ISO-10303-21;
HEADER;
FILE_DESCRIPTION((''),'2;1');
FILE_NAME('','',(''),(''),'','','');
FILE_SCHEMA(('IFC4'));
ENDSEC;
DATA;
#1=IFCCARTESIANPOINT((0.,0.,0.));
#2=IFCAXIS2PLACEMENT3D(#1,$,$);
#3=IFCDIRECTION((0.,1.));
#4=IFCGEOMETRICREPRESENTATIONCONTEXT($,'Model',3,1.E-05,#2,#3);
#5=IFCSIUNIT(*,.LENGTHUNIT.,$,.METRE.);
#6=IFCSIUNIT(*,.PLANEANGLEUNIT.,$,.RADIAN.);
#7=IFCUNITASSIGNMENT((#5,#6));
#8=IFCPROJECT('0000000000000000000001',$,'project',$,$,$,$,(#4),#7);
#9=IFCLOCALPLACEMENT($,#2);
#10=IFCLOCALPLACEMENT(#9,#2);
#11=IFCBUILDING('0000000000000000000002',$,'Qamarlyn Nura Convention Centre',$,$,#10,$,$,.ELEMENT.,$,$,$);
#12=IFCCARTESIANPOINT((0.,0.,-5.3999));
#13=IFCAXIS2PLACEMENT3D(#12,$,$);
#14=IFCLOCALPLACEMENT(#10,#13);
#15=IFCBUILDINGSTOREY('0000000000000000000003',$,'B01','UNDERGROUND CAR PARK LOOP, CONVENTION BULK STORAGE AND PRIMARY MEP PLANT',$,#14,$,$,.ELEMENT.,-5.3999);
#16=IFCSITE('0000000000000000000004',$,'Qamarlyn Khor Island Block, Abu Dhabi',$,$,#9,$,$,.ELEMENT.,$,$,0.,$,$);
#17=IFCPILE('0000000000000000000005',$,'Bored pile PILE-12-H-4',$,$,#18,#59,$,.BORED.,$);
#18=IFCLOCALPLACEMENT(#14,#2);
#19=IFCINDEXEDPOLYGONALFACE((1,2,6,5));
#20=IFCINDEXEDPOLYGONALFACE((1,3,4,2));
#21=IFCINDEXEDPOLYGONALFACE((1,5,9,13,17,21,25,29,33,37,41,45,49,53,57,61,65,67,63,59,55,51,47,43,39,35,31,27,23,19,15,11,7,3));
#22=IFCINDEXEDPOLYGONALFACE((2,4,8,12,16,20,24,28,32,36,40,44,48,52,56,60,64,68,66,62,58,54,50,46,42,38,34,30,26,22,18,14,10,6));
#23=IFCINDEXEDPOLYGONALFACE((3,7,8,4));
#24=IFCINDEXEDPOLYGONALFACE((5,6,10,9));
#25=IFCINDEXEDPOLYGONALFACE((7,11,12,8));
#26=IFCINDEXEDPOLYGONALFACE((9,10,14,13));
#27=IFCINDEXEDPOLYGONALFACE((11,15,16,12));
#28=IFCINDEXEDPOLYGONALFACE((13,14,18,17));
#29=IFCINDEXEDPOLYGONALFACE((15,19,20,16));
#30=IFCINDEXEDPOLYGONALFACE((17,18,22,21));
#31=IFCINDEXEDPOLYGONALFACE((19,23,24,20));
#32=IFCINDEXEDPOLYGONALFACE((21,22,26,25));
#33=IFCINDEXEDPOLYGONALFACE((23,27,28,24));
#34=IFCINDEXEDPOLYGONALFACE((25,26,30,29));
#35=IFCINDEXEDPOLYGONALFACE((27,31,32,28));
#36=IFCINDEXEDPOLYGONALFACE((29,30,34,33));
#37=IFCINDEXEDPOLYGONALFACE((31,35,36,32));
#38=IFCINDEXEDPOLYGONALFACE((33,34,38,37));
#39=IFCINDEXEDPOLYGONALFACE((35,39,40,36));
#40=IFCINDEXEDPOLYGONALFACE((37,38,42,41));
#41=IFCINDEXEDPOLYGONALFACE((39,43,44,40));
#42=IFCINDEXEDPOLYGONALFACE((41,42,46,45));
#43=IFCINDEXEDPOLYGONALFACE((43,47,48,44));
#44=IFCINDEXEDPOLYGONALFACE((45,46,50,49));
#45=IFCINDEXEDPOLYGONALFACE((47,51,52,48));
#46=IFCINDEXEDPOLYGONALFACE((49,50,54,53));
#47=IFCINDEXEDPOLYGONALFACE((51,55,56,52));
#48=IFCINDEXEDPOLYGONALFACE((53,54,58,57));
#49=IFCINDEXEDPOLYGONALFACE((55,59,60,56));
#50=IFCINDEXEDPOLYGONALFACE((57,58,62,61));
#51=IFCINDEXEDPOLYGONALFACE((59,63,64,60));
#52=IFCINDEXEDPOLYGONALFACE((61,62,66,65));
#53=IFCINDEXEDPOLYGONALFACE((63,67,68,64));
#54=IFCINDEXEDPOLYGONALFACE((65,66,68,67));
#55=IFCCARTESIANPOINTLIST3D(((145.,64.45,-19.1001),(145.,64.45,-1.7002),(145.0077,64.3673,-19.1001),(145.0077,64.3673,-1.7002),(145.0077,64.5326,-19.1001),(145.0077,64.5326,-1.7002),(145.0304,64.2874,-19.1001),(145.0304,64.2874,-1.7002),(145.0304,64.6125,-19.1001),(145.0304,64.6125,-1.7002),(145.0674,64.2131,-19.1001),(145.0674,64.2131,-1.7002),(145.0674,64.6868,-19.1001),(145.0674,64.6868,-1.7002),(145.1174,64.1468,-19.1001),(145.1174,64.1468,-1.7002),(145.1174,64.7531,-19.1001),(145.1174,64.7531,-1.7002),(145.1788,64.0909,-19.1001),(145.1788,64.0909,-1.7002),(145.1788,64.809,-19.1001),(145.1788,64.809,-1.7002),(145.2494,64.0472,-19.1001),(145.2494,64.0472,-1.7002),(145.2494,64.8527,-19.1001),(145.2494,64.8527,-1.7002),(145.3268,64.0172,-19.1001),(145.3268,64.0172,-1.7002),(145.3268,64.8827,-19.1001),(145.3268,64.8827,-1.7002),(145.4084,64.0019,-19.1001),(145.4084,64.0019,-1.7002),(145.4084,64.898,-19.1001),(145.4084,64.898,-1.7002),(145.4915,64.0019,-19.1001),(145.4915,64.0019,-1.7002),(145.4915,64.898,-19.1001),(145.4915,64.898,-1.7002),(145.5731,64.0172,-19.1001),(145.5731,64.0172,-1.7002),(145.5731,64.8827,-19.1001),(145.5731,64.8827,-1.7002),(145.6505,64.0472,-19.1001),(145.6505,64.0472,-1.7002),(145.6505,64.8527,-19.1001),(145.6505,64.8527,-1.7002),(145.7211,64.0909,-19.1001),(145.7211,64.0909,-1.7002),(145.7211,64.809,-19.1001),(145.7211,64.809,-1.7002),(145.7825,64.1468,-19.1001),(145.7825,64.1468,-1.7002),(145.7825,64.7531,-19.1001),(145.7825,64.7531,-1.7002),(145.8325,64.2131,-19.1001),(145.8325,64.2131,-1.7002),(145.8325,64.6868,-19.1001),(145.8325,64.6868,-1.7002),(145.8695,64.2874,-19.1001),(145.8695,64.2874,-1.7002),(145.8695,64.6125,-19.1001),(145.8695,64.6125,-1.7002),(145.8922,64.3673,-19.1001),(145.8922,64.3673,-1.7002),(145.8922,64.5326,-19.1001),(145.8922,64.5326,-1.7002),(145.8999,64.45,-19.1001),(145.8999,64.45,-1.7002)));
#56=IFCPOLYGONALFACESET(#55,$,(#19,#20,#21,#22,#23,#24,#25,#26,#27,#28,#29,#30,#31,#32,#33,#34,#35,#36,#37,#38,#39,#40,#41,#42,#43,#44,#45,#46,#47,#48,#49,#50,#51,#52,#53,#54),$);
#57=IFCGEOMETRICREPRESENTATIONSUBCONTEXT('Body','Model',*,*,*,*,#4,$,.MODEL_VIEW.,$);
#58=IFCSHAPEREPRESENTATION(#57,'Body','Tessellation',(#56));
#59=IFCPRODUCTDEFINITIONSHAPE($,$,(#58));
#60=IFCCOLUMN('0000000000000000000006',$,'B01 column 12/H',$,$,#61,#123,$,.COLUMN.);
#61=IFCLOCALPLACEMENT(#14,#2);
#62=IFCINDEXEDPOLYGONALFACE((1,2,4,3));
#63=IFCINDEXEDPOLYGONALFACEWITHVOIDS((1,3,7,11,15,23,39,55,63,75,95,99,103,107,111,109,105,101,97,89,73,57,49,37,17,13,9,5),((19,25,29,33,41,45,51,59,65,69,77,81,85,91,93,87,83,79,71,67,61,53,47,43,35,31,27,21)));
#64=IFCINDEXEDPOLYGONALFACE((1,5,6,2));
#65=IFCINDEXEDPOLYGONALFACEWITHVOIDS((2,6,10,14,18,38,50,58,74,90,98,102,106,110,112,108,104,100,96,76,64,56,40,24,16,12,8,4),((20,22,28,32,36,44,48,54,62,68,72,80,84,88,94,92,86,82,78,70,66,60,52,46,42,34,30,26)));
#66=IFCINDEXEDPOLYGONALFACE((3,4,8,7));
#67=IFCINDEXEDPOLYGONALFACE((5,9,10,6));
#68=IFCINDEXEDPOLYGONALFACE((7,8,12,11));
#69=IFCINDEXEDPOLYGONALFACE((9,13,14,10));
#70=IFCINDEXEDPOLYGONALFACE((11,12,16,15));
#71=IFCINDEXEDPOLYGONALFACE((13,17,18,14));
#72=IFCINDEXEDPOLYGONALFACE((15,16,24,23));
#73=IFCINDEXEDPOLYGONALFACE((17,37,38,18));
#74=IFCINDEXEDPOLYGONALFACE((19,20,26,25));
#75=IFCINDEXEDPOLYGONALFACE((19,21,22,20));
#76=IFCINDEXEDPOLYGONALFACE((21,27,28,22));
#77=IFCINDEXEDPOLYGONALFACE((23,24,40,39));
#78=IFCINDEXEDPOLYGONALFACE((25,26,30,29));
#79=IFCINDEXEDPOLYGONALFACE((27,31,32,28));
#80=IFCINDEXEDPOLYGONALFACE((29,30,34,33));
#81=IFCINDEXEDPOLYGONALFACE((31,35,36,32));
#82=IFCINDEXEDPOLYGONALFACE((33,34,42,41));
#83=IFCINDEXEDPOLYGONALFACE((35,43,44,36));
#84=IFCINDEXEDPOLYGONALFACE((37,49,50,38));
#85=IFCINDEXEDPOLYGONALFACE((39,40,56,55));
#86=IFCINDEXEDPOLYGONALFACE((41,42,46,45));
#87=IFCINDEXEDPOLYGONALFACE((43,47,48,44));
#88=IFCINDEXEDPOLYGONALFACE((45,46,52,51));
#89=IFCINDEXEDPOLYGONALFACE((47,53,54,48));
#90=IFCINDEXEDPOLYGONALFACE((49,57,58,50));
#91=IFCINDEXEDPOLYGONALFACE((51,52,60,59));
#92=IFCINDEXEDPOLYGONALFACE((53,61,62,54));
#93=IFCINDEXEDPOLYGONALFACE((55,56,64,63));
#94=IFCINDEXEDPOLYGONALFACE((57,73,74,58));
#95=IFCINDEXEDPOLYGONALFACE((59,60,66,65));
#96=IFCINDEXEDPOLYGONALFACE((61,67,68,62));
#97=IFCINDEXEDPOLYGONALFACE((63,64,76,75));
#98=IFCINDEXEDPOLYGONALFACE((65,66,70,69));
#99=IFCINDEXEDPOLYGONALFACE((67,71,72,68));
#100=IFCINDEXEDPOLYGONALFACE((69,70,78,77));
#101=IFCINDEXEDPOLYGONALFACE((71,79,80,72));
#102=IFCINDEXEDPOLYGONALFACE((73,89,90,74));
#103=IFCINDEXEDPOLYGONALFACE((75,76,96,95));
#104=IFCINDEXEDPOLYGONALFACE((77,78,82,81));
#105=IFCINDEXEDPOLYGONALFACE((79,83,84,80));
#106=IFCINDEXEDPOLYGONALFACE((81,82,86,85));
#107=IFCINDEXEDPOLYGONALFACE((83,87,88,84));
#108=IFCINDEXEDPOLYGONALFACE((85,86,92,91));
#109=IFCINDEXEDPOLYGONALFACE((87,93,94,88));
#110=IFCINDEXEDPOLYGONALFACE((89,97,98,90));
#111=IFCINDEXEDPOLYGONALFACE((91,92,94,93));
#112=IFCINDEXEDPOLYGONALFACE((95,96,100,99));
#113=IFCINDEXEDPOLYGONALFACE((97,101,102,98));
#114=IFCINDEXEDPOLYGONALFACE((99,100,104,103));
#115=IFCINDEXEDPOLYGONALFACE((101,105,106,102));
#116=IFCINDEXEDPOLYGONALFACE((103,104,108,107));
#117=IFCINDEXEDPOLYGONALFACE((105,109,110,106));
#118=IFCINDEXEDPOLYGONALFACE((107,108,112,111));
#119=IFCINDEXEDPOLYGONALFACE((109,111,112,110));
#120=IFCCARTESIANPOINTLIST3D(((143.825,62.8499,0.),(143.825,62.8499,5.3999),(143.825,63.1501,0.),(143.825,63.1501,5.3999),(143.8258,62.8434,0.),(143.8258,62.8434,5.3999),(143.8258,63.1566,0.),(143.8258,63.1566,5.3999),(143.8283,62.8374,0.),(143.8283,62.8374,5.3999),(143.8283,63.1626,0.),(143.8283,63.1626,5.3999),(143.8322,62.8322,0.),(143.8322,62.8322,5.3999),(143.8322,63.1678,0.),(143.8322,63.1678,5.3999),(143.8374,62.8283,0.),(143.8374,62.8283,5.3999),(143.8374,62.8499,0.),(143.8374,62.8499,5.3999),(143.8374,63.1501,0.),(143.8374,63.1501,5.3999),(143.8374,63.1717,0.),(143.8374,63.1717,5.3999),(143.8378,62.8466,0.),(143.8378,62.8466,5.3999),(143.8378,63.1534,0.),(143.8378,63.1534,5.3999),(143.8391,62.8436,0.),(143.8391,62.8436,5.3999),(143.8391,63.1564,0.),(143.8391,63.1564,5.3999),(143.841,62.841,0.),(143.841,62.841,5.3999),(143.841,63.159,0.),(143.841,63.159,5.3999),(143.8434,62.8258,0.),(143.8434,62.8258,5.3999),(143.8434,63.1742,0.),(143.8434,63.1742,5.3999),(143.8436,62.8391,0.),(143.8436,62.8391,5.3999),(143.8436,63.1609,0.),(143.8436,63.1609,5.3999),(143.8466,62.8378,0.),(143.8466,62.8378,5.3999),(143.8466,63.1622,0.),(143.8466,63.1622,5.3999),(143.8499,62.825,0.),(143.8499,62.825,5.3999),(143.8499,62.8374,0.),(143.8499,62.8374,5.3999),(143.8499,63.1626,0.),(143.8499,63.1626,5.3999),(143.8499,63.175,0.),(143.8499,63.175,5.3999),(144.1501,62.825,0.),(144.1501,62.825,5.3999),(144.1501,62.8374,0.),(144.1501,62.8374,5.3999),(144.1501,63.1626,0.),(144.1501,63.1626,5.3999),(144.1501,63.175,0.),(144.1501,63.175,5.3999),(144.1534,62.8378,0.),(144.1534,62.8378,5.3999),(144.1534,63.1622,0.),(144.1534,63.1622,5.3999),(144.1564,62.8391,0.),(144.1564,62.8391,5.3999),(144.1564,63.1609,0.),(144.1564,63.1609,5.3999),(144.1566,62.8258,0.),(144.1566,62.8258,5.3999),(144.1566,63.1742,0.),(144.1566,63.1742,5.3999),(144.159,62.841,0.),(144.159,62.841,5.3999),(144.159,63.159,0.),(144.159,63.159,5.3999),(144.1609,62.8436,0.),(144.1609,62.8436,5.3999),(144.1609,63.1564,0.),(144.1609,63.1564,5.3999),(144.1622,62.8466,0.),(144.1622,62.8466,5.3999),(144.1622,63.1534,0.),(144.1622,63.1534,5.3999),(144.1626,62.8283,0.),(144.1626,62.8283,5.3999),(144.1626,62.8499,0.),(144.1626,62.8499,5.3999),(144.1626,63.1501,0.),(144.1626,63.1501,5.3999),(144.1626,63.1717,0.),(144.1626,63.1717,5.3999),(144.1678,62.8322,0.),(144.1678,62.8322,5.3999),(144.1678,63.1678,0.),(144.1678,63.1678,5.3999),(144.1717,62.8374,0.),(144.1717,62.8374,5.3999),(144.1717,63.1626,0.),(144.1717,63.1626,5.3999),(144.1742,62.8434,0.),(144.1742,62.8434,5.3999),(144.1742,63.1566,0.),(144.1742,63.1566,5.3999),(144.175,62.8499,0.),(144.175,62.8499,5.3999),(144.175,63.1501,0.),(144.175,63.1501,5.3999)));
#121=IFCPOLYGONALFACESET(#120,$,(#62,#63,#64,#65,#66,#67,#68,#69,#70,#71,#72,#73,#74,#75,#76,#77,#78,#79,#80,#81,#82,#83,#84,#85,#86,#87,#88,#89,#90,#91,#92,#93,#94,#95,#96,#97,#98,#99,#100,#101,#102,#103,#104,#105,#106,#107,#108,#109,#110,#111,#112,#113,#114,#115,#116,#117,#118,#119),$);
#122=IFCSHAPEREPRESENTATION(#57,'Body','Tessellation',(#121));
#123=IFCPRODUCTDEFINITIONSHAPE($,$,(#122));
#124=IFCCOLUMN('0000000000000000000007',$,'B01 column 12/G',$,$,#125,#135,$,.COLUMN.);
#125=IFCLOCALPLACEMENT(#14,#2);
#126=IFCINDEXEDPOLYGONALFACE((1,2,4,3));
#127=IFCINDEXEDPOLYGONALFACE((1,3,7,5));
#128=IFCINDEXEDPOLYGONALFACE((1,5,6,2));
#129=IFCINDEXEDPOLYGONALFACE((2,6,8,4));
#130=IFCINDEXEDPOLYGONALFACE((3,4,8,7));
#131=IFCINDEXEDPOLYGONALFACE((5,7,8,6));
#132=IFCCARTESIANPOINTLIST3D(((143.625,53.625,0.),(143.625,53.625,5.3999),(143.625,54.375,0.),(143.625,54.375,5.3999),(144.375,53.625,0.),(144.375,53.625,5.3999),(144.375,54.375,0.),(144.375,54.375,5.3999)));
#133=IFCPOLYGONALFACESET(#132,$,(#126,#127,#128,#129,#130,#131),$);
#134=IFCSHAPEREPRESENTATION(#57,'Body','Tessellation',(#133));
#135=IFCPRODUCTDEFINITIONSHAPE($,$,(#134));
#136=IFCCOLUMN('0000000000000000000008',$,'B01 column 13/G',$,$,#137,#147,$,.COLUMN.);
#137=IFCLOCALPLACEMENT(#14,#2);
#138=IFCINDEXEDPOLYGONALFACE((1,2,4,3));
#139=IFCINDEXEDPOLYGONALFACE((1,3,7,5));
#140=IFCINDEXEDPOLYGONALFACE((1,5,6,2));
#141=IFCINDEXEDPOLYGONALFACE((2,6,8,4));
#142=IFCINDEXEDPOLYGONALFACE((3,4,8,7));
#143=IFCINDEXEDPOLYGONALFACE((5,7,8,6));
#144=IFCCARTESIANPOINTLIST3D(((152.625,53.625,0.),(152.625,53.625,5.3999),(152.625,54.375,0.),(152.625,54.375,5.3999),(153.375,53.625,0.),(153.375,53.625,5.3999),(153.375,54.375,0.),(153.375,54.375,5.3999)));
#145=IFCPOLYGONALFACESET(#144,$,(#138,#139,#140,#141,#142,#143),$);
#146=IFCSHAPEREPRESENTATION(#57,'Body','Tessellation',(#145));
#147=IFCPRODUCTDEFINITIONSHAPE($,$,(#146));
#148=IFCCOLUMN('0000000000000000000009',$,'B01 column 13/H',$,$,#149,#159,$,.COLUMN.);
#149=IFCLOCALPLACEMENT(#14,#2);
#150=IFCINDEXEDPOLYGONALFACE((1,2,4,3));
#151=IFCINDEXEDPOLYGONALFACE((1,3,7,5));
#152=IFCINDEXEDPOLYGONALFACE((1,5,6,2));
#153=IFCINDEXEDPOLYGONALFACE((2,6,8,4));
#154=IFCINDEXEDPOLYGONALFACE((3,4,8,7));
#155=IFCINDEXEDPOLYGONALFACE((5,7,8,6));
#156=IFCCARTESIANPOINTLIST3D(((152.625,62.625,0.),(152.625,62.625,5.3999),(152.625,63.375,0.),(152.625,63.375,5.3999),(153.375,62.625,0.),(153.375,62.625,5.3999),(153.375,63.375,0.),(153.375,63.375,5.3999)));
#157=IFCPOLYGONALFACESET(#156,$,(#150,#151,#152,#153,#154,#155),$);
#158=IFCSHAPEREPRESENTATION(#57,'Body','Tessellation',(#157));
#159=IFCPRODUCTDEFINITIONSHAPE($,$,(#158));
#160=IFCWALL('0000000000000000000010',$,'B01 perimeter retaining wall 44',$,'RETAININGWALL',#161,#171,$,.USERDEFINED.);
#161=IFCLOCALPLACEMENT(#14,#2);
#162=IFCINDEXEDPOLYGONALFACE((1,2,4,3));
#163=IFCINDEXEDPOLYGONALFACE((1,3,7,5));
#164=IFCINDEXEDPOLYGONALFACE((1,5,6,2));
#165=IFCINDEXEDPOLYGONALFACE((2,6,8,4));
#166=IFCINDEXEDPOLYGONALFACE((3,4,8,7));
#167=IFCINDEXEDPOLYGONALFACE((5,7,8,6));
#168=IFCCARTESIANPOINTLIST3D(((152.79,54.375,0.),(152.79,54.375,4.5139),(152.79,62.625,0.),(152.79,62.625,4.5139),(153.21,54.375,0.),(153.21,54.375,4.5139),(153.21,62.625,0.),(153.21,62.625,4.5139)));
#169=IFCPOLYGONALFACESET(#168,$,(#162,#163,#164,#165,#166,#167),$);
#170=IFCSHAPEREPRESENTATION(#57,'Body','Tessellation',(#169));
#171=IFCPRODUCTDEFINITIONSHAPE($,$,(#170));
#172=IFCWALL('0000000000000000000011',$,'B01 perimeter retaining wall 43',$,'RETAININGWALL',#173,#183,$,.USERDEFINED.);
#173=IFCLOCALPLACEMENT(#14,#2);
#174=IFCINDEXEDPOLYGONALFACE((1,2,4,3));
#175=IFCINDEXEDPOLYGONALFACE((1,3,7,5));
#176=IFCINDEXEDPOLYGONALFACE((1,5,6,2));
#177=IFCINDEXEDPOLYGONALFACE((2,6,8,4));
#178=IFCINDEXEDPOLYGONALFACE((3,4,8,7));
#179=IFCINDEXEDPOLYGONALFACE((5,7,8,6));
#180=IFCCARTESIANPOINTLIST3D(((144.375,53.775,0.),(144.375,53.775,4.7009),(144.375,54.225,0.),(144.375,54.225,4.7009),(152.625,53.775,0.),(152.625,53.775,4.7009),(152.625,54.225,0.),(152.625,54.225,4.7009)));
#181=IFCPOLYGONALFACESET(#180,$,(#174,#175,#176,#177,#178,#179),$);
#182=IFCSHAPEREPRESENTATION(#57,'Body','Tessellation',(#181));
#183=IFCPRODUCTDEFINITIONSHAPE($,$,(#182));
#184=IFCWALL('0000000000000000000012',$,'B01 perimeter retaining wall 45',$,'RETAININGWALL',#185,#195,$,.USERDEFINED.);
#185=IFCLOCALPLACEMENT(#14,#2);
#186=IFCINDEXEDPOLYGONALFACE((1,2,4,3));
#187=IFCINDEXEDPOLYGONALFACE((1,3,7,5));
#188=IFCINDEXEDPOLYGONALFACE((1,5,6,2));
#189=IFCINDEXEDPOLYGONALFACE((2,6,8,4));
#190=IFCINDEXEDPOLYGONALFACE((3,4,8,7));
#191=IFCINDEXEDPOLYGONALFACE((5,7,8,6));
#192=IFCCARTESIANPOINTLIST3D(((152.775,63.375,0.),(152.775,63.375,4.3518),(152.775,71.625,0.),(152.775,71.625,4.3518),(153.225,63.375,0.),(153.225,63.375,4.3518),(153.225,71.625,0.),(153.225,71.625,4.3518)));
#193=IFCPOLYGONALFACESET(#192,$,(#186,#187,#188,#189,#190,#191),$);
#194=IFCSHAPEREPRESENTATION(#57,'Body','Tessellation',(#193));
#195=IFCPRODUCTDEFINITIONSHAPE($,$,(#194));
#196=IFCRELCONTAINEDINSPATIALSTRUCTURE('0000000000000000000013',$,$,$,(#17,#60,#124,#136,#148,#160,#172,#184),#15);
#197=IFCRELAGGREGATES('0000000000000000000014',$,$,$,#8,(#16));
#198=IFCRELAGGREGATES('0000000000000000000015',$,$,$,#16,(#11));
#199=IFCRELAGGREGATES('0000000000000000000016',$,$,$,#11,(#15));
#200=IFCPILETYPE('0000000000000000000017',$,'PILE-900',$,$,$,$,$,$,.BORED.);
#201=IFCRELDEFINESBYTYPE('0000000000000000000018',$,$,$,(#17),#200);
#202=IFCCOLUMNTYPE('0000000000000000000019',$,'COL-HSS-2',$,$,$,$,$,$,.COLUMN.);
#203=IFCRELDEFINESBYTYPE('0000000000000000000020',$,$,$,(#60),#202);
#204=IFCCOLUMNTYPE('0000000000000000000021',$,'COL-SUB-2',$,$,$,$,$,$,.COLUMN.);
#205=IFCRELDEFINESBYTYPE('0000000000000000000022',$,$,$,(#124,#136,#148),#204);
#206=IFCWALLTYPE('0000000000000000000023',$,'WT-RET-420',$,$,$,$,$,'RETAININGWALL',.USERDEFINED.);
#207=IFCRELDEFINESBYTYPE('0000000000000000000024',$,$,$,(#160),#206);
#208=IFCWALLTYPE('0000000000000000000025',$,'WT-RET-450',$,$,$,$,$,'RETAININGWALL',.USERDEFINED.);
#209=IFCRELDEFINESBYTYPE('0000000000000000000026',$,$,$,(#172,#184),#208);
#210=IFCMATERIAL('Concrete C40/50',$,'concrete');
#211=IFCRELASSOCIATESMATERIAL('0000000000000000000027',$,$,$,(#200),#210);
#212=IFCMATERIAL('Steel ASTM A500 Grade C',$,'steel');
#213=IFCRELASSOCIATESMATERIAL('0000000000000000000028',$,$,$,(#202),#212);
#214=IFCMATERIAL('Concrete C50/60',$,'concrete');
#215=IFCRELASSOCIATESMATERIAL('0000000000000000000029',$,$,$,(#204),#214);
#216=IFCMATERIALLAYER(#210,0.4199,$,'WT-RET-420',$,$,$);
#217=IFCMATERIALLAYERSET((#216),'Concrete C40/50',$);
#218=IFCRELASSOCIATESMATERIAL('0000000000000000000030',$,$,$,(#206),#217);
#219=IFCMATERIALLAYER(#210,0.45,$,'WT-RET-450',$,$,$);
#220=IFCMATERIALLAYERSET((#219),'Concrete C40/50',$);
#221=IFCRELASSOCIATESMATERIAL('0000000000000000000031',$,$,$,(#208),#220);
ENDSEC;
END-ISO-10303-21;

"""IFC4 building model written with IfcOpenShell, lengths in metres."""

from ifc_helpers import new_model, si_unit, direction, frame, frame_2d, origin, origin_2d, place, context, subcontext, project, spatial, rectangle, hollow_rectangle, circle, extrude, material, layer, layer_set, material_profile, profile_set, type_object, element, save


model = new_model("IFC4")

# Units and contexts
model_context = context("Model", 3, precision=1e-05, world=origin(), true_north=direction((0.0, 1.0)))
body_context = subcontext(model_context, "Body", "Model", "MODEL_VIEW")
ifc_project = project(units=[si_unit("LENGTHUNIT", "METRE"), si_unit("PLANEANGLEUNIT", "RADIAN")], contexts=[model_context])

# Site, building, storey
site_placement = place(None, origin())
site = spatial("IfcSite", under=ifc_project, at=site_placement, Name="Qamarlyn Khor Island Block, Abu Dhabi", CompositionType="ELEMENT", RefElevation=0.0)
building_placement = place(site_placement, origin())
building = spatial("IfcBuilding", under=site, at=building_placement, Name="Qamarlyn Nura Convention Centre", CompositionType="ELEMENT")
storey_placement = place(building_placement, frame((0.0, 0.0, -5.3999)))
storey = spatial("IfcBuildingStorey", under=building, at=storey_placement, Name="B01", Description="UNDERGROUND CAR PARK LOOP, CONVENTION BULK STORAGE AND PRIMARY MEP PLANT", CompositionType="ELEMENT", Elevation=-5.3999)

# Shared definitions
ifc_material_1 = material(Name="Concrete C40/50", Category="concrete")

# Pile
ifc_material_profile_1 = material_profile(ifc_material_1, circle(Radius=0.45, at=origin_2d()), Name="BORED PILE 900")
ifc_profile_set_1 = profile_set([ifc_material_profile_1], Name="Concrete C40/50")
pile_type_1 = type_object("IfcPileType", Name="PILE-900", PredefinedType="BORED", material=ifc_profile_set_1)
for number, where, z_axis, x_axis, name in (
    (1, (145.45, 64.45, -1.7002), (0.0, 0.0, -1.0), (1.0, 0.0, 0.0), "Bored pile PILE-12-H-4"),
):
    element("IfcPile", number, at=place(storey_placement, frame(where, z_axis=z_axis, x_axis=x_axis)), inside=storey, type_object=pile_type_1, Name=name, PredefinedType="BORED", context=body_context, shape_type="SweptSolid", body=[
        extrude(circle(Radius=0.45, at=origin_2d()), origin(), (0.0, 0.0, 1.0), 17.3999),
    ])

# Columns
ifc_material_2 = material(Name="Steel ASTM A500 Grade C", Category="steel")
ifc_material_profile_2 = material_profile(ifc_material_2, hollow_rectangle(XDim=0.3501, YDim=0.3501, WallThickness=0.0125, InnerFilletRadius=0.0125, OuterFilletRadius=0.0249, at=origin_2d()), Name="HSS350X350X12.5")
ifc_profile_set_2 = profile_set([ifc_material_profile_2], Name="Steel ASTM A500 Grade C")
column_type_1 = type_object("IfcColumnType", Name="COL-HSS-2", PredefinedType="COLUMN", material=ifc_profile_set_2)
column_placement = place(storey_placement, frame((144.0, 63.0, 0.0), z_axis=(0.0, 0.0, 1.0), x_axis=(1.0, 0.0, 0.0)))
element("IfcColumn", 2, at=column_placement, inside=storey, type_object=column_type_1, Name="B01 column 12/H", PredefinedType="COLUMN", context=body_context, shape_type="SweptSolid", body=[
    extrude(hollow_rectangle(XDim=0.3501, YDim=0.3501, WallThickness=0.0125, InnerFilletRadius=0.0125, OuterFilletRadius=0.0249, at=origin_2d()), origin(), (0.0, 0.0, 1.0), 5.3999),
])
ifc_material_3 = material(Name="Concrete C50/60", Category="concrete")
ifc_material_profile_3 = material_profile(ifc_material_3, rectangle(XDim=0.75, YDim=0.75, at=origin_2d()), Name="RC 750x750")
ifc_profile_set_3 = profile_set([ifc_material_profile_3], Name="Concrete C50/60")
column_type_2 = type_object("IfcColumnType", Name="COL-SUB-2", PredefinedType="COLUMN", material=ifc_profile_set_3)
for number, where, z_axis, x_axis, name in (
    (3, (144.0, 54.0, 0.0), (0.0, 0.0, 1.0), (1.0, 0.0, 0.0), "B01 column 12/G"),
    (4, (153.0, 54.0, 0.0), (0.0, 0.0, 1.0), (1.0, 0.0, 0.0), "B01 column 13/G"),
    (5, (153.0, 63.0, 0.0), (0.0, 0.0, 1.0), (1.0, 0.0, 0.0), "B01 column 13/H"),
):
    element("IfcColumn", number, at=place(storey_placement, frame(where, z_axis=z_axis, x_axis=x_axis)), inside=storey, type_object=column_type_2, Name=name, PredefinedType="COLUMN", context=body_context, shape_type="SweptSolid", body=[
        extrude(rectangle(XDim=0.75, YDim=0.75, at=origin_2d()), origin(), (0.0, 0.0, 1.0), 5.3999),
    ])

# Walls
ifc_layer_1 = layer(ifc_material_1, 0.4199, Name="WT-RET-420")
ifc_layer_set_1 = layer_set([ifc_layer_1], Name="Concrete C40/50")
wall_type_1 = type_object("IfcWallType", Name="WT-RET-420", ElementType="RETAININGWALL", PredefinedType="USERDEFINED", material=ifc_layer_set_1)
wall_1_placement = place(storey_placement, frame((153.0, 54.375, 0.0), z_axis=(0.0, 0.0, 1.0), x_axis=(0.0, 1.0, 0.0)))
element("IfcWall", 6, at=wall_1_placement, inside=storey, type_object=wall_type_1, Name="B01 perimeter retaining wall 44", ObjectType="RETAININGWALL", PredefinedType="USERDEFINED", context=body_context, shape_type="SweptSolid", body=[
    extrude(rectangle(XDim=8.25, YDim=0.4199, at=frame_2d((4.125, 0.0))), origin(), (0.0, 0.0, 1.0), 4.5139),
])
ifc_layer_2 = layer(ifc_material_1, 0.45, Name="WT-RET-450")
ifc_layer_set_2 = layer_set([ifc_layer_2], Name="Concrete C40/50")
wall_type_2 = type_object("IfcWallType", Name="WT-RET-450", ElementType="RETAININGWALL", PredefinedType="USERDEFINED", material=ifc_layer_set_2)
wall_2_placement = place(storey_placement, frame((144.375, 54.0, 0.0), z_axis=(0.0, 0.0, 1.0), x_axis=(1.0, 0.0, 0.0)))
element("IfcWall", 7, at=wall_2_placement, inside=storey, type_object=wall_type_2, Name="B01 perimeter retaining wall 43", ObjectType="RETAININGWALL", PredefinedType="USERDEFINED", context=body_context, shape_type="SweptSolid", body=[
    extrude(rectangle(XDim=8.25, YDim=0.45, at=frame_2d((4.125, 0.0))), origin(), (0.0, 0.0, 1.0), 4.7009),
])
wall_3_placement = place(storey_placement, frame((153.0, 63.375, 0.0), z_axis=(0.0, 0.0, 1.0), x_axis=(0.0, 1.0, 0.0)))
element("IfcWall", 8, at=wall_3_placement, inside=storey, type_object=wall_type_2, Name="B01 perimeter retaining wall 45", ObjectType="RETAININGWALL", PredefinedType="USERDEFINED", context=body_context, shape_type="SweptSolid", body=[
    extrude(rectangle(XDim=8.25, YDim=0.45, at=frame_2d((4.125, 0.0))), origin(), (0.0, 0.0, 1.0), 4.3518),
])

save(model, "model.ifc")
